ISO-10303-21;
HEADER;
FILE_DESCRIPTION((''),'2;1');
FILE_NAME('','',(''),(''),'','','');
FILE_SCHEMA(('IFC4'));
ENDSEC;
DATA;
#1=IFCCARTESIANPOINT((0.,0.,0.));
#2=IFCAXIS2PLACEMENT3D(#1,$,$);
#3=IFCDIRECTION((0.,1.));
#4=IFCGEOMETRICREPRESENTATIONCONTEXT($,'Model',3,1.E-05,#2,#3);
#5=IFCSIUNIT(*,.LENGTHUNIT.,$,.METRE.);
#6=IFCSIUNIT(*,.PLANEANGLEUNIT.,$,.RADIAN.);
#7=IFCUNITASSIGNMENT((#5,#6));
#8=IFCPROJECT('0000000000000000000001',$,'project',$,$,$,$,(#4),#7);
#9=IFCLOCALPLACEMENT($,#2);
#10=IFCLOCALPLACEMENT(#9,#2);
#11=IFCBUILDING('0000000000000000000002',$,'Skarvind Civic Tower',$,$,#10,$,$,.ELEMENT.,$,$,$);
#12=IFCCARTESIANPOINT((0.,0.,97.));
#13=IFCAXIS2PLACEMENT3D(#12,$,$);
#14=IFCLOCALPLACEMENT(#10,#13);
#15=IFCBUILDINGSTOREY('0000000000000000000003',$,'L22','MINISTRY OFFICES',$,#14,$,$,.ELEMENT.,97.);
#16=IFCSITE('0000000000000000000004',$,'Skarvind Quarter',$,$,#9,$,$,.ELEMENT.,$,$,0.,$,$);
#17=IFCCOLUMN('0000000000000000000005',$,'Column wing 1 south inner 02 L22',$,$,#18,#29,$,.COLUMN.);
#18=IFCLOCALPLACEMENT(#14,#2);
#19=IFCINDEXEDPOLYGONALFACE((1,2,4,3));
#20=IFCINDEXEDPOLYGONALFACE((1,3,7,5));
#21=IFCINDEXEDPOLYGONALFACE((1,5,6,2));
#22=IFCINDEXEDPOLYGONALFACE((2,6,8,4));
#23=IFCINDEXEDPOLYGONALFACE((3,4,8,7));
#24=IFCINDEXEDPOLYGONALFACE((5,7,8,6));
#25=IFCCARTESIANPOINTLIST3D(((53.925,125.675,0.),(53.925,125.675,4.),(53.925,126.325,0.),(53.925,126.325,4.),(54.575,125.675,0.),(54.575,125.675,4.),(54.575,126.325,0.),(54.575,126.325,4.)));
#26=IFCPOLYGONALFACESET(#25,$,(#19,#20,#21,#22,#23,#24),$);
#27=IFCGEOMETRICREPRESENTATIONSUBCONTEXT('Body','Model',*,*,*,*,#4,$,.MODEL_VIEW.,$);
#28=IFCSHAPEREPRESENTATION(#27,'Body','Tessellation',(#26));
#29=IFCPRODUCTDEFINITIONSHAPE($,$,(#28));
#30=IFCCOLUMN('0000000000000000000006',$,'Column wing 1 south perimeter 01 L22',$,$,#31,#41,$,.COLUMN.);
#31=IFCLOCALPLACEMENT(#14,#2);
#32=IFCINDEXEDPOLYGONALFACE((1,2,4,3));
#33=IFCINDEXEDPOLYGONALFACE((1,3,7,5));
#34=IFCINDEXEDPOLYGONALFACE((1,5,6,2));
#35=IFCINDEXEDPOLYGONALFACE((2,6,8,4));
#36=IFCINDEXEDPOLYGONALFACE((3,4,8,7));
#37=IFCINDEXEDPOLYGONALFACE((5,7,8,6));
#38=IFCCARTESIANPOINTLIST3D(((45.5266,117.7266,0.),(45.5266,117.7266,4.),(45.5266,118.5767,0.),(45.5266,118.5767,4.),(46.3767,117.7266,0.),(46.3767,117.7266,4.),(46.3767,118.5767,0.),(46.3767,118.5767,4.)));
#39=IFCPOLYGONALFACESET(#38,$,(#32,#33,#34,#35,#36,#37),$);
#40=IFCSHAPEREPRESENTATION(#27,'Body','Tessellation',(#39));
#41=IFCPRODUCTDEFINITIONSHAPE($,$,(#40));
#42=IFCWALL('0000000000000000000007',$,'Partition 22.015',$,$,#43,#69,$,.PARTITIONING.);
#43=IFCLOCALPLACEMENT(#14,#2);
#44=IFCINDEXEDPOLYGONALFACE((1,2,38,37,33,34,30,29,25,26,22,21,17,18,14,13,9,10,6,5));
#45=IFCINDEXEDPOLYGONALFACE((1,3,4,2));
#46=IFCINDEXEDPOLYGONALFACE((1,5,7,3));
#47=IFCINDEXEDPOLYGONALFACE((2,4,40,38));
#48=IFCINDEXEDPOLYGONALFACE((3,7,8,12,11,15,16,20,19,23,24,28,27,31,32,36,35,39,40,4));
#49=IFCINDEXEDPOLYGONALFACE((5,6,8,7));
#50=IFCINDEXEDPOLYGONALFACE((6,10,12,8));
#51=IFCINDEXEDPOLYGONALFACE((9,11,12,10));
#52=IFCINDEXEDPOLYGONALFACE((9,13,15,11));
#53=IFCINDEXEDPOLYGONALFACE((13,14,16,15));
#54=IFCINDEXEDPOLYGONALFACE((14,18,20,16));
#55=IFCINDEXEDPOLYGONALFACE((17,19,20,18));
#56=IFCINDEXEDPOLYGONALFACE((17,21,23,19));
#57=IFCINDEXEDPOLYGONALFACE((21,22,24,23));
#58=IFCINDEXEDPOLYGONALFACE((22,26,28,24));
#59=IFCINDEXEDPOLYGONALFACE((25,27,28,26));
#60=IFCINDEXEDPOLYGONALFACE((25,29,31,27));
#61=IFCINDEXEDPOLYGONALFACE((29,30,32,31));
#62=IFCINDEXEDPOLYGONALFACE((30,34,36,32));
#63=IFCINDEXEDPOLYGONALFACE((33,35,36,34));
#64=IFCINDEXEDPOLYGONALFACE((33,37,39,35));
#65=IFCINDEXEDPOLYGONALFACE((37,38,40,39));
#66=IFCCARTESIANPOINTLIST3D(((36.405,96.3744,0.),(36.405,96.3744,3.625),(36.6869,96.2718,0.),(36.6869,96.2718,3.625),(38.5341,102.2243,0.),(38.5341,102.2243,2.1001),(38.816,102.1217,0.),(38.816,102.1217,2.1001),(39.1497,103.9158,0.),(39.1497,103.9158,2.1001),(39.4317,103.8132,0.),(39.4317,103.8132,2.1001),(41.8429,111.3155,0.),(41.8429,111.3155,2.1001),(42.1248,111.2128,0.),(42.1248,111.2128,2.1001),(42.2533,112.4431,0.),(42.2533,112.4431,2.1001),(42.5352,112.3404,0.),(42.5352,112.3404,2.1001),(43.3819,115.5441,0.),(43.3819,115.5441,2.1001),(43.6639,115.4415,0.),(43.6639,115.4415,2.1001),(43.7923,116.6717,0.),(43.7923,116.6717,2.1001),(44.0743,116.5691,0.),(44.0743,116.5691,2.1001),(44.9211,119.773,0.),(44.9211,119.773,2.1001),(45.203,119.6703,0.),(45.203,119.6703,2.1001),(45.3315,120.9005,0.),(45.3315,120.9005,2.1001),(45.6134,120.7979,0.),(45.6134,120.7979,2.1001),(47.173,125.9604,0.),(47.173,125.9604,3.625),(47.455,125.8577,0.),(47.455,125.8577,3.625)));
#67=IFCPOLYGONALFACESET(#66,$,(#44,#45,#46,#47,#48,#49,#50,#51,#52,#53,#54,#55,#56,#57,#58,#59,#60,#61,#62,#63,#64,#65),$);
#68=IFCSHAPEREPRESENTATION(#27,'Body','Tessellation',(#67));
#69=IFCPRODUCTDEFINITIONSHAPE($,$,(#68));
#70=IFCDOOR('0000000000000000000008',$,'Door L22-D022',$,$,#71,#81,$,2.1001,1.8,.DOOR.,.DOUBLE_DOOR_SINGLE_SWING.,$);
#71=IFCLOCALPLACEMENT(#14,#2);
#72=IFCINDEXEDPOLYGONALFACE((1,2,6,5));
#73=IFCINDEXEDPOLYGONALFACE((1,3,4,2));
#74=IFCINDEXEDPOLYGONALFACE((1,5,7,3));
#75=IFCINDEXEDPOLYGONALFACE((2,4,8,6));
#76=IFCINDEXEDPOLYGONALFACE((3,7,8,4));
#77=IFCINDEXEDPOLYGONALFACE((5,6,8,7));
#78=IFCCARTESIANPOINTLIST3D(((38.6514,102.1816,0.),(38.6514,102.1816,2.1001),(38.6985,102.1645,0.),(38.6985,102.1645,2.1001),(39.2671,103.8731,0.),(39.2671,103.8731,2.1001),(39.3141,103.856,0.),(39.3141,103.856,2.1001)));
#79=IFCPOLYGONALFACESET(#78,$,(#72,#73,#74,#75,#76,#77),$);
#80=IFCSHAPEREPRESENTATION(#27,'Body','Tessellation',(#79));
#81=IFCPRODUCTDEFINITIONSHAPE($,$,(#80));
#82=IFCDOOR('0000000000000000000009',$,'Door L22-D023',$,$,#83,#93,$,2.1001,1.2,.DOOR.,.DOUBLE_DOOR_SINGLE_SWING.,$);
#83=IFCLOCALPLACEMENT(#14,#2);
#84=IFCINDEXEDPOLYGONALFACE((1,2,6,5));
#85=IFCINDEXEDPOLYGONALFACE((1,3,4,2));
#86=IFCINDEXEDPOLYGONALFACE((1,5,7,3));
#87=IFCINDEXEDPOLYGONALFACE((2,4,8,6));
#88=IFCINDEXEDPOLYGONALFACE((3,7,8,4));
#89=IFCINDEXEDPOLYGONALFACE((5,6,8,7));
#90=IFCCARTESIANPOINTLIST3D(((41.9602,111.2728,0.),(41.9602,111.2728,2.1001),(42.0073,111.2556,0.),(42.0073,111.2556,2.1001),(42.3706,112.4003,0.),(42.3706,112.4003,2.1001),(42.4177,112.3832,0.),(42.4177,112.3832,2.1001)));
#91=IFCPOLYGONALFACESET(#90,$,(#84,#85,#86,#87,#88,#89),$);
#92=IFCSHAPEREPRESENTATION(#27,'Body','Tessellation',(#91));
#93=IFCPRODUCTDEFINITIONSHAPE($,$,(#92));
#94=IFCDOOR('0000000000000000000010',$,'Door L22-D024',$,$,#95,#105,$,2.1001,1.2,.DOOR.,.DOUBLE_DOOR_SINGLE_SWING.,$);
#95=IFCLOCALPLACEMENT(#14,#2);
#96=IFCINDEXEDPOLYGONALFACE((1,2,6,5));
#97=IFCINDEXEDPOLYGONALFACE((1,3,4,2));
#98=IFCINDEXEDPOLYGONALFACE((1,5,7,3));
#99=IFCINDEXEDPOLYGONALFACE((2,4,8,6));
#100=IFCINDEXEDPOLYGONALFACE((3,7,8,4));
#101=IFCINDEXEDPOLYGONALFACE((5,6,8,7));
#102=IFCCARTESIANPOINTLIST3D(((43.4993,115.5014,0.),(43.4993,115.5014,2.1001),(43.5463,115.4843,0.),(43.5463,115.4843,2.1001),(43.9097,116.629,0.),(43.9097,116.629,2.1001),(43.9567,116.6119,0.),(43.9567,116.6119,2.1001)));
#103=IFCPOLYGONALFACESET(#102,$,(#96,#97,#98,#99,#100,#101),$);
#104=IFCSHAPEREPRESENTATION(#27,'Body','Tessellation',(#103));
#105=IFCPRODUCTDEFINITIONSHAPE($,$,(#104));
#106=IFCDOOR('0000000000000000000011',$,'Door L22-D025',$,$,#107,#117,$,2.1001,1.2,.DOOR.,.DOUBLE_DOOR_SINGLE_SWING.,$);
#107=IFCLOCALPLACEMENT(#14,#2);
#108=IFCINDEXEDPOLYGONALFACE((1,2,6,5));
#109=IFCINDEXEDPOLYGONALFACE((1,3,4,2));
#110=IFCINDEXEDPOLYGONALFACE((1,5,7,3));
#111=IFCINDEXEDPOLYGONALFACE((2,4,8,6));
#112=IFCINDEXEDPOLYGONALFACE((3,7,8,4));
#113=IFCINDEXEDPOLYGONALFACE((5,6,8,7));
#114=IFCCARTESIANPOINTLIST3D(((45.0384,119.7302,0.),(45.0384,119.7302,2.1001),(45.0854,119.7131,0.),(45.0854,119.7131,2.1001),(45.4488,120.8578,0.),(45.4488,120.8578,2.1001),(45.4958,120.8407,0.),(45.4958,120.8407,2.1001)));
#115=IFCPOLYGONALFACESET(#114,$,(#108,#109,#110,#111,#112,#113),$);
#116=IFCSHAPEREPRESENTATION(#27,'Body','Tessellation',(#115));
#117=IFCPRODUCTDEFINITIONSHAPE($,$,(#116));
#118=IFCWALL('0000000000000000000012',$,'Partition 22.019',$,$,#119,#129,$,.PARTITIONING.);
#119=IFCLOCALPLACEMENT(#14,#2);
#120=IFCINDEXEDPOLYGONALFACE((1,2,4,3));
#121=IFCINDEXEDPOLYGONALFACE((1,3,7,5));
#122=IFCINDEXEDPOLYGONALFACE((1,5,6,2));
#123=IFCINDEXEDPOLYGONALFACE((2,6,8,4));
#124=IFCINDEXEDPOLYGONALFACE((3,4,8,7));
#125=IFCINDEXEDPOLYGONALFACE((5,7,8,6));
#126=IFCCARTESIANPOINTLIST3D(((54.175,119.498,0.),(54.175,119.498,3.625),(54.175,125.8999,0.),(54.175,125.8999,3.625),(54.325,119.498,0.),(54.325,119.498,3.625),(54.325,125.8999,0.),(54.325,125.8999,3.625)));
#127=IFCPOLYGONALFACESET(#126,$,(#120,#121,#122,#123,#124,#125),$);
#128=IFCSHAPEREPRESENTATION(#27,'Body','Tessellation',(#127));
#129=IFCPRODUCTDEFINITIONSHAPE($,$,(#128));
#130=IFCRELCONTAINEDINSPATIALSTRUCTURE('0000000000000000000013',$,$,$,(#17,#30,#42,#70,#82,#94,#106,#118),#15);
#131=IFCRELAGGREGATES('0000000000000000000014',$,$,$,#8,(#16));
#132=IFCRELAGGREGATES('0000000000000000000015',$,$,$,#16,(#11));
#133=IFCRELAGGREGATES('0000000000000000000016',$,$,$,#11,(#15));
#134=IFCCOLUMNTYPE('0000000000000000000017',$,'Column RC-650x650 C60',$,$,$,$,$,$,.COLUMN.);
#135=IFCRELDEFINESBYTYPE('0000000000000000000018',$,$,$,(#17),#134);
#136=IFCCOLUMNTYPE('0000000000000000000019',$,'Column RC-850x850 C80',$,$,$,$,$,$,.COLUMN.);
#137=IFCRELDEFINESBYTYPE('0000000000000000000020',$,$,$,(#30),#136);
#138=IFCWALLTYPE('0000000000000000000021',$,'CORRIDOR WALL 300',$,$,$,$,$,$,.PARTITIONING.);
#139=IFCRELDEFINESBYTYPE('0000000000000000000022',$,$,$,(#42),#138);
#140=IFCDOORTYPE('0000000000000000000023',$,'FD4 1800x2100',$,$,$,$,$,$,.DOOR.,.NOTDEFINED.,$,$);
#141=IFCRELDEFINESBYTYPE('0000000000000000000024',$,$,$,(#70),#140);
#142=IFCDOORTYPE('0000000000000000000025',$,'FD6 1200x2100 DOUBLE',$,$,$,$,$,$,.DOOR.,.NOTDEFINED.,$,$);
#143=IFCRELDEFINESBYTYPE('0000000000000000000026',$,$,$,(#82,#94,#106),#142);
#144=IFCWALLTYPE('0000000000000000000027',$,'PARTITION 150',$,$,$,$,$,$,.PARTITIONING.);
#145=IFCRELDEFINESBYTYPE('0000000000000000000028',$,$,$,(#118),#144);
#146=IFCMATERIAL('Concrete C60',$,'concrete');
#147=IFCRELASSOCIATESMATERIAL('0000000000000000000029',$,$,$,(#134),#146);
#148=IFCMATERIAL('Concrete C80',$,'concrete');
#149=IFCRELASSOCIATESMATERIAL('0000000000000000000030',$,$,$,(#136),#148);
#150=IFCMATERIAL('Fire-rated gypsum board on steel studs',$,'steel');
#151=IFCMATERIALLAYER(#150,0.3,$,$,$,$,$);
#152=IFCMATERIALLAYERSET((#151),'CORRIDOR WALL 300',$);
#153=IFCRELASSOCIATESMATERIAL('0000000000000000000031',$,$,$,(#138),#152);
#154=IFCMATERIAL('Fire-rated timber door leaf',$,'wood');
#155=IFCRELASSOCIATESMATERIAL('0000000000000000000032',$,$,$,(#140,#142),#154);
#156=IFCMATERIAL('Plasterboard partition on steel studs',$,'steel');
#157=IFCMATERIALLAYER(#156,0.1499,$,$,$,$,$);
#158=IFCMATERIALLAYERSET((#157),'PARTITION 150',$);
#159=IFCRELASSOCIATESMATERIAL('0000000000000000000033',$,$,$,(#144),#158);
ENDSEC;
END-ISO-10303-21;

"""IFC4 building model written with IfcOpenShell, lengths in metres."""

from ifc_helpers import new_model, si_unit, direction, frame, frame_2d, origin, origin_2d, place, context, subcontext, project, spatial, rectangle, extrude, material, layer, layer_set, material_profile, profile_set, type_object, element, fill, save


model = new_model("IFC4")

# Units and contexts
model_context = context("Model", 3, precision=1e-05, world=origin(), true_north=direction((0.0, 1.0)))
body_context = subcontext(model_context, "Body", "Model", "MODEL_VIEW")
ifc_project = project(units=[si_unit("LENGTHUNIT", "METRE"), si_unit("PLANEANGLEUNIT", "RADIAN")], contexts=[model_context])

# Site, building, storey
site_placement = place(None, origin())
site = spatial("IfcSite", under=ifc_project, at=site_placement, Name="Skarvind Quarter", CompositionType="ELEMENT", RefElevation=0.0)
building_placement = place(site_placement, origin())
building = spatial("IfcBuilding", under=site, at=building_placement, Name="Skarvind Civic Tower", CompositionType="ELEMENT")
storey_placement = place(building_placement, frame((0.0, 0.0, 97.0)))
storey = spatial("IfcBuildingStorey", under=building, at=storey_placement, Name="L22", Description="MINISTRY OFFICES", CompositionType="ELEMENT", Elevation=97.0)

# Columns
ifc_material_1 = material(Name="Concrete C60", Category="concrete")
ifc_material_profile_1 = material_profile(ifc_material_1, rectangle(XDim=0.6499, YDim=0.6499, at=origin_2d()), Name="RC-650x650")
ifc_profile_set_1 = profile_set([ifc_material_profile_1], Name="Concrete C60")
column_type_1 = type_object("IfcColumnType", Name="Column RC-650x650 C60", PredefinedType="COLUMN", material=ifc_profile_set_1)
column_1_placement = place(storey_placement, frame((54.25, 126.0, 0.0), z_axis=(0.0, 0.0, 1.0), x_axis=(1.0, 0.0, 0.0)))
element("IfcColumn", 1, at=column_1_placement, inside=storey, type_object=column_type_1, Name="Column wing 1 south inner 02 L22", PredefinedType="COLUMN", context=body_context, shape_type="SweptSolid", body=[
    extrude(rectangle(XDim=0.6499, YDim=0.6499, at=origin_2d()), origin(), (0.0, 0.0, 1.0), 4.0),
])
ifc_material_2 = material(Name="Concrete C80", Category="concrete")
ifc_material_profile_2 = material_profile(ifc_material_2, rectangle(XDim=0.8501, YDim=0.8501, at=origin_2d()), Name="RC-850x850")
ifc_profile_set_2 = profile_set([ifc_material_profile_2], Name="Concrete C80")
column_type_2 = type_object("IfcColumnType", Name="Column RC-850x850 C80", PredefinedType="COLUMN", material=ifc_profile_set_2)
column_2_placement = place(storey_placement, frame((45.9517, 118.1516, 0.0), z_axis=(0.0, 0.0, 1.0), x_axis=(1.0, 0.0, 0.0)))
element("IfcColumn", 2, at=column_2_placement, inside=storey, type_object=column_type_2, Name="Column wing 1 south perimeter 01 L22", PredefinedType="COLUMN", context=body_context, shape_type="SweptSolid", body=[
    extrude(rectangle(XDim=0.8501, YDim=0.8501, at=origin_2d()), origin(), (0.0, 0.0, 1.0), 4.0),
])

# Wall, openings, doors
ifc_material_3 = material(Name="Fire-rated gypsum board on steel studs", Category="steel")
ifc_layer_1 = layer(ifc_material_3, 0.3)
ifc_layer_set_1 = layer_set([ifc_layer_1], Name="CORRIDOR WALL 300")
wall_type_1 = type_object("IfcWallType", Name="CORRIDOR WALL 300", PredefinedType="PARTITIONING", material=ifc_layer_set_1)
wall_1_placement = place(storey_placement, frame((47.314, 125.9089, 0.0), z_axis=(0.0, 0.0, 1.0), x_axis=(-0.342011, -0.939696, 0.0)))
wall_1 = element("IfcWall", 3, at=wall_1_placement, inside=storey, type_object=wall_type_1, Name="Partition 22.015", PredefinedType="PARTITIONING", context=body_context, shape_type="SweptSolid", body=[
    extrude(rectangle(XDim=31.4846, YDim=0.3, at=frame_2d((15.7422, 0.0))), origin(), (0.0, 0.0, 1.0), 3.625),
])
opening_1_placement = place(wall_1_placement, frame((23.4592, 0.0, 0.0)))
opening_1 = element("IfcOpeningElement", 4, at=opening_1_placement, cuts=wall_1, PredefinedType="OPENING", context=body_context, shape_type="SweptSolid", body=[
    extrude(rectangle(XDim=1.8, YDim=2.1001, at=frame_2d((0.8999, 1.05))), frame((0.0, 0.1599, 0.0), z_axis=(0.0, -1.0, 0.0), x_axis=(1.0, 0.0, 0.0)), (0.0, 0.0, 1.0), 0.3201),
])
opening_2_placement = place(wall_1_placement, frame((14.3845, 0.0, 0.0)))
opening_2 = element("IfcOpeningElement", 5, at=opening_2_placement, cuts=wall_1, PredefinedType="OPENING", context=body_context, shape_type="SweptSolid", body=[
    extrude(rectangle(XDim=1.2, YDim=2.1001, at=frame_2d((0.6001, 1.05))), frame((0.0, 0.1599, 0.0), z_axis=(0.0, -1.0, 0.0), x_axis=(1.0, 0.0, 0.0)), (0.0, 0.0, 1.0), 0.3201),
])
opening_3_placement = place(wall_1_placement, frame((9.8845, 0.0, 0.0)))
opening_3 = element("IfcOpeningElement", 6, at=opening_3_placement, cuts=wall_1, PredefinedType="OPENING", context=body_context, shape_type="SweptSolid", body=[
    extrude(rectangle(XDim=1.2, YDim=2.1001, at=frame_2d((0.6001, 1.05))), frame((0.0, 0.1599, 0.0), z_axis=(0.0, -1.0, 0.0), x_axis=(1.0, 0.0, 0.0)), (0.0, 0.0, 1.0), 0.3201),
])
opening_4_placement = place(wall_1_placement, frame((5.3843, 0.0, 0.0)))
opening_4 = element("IfcOpeningElement", 7, at=opening_4_placement, cuts=wall_1, PredefinedType="OPENING", context=body_context, shape_type="SweptSolid", body=[
    extrude(rectangle(XDim=1.2, YDim=2.1001, at=frame_2d((0.6001, 1.05))), frame((0.0, 0.1599, 0.0), z_axis=(0.0, -1.0, 0.0), x_axis=(1.0, 0.0, 0.0)), (0.0, 0.0, 1.0), 0.3201),
])
ifc_material_4 = material(Name="Fire-rated timber door leaf", Category="wood")
door_type_1 = type_object("IfcDoorType", Name="FD4 1800x2100", OperationType="NOTDEFINED", PredefinedType="DOOR", material=ifc_material_4)
door_1_placement = place(opening_1_placement, origin())
door_1 = element("IfcDoor", 8, at=door_1_placement, inside=storey, type_object=door_type_1, Name="Door L22-D022", OperationType="DOUBLE_DOOR_SINGLE_SWING", OverallHeight=2.1001, OverallWidth=1.8, PredefinedType="DOOR", context=body_context, shape_type="SweptSolid", body=[
    extrude(rectangle(XDim=1.8, YDim=2.1001, at=frame_2d((0.8999, 1.05))), frame((0.0, 0.0249, 0.0), z_axis=(0.0, -1.0, 0.0), x_axis=(1.0, 0.0, 0.0)), (0.0, 0.0, 1.0), 0.05),
])
fill(opening_1, door_1)
door_type_2 = type_object("IfcDoorType", Name="FD6 1200x2100 DOUBLE", OperationType="NOTDEFINED", PredefinedType="DOOR", material=ifc_material_4)
door_2_placement = place(opening_2_placement, origin())
door_2 = element("IfcDoor", 9, at=door_2_placement, inside=storey, type_object=door_type_2, Name="Door L22-D023", OperationType="DOUBLE_DOOR_SINGLE_SWING", OverallHeight=2.1001, OverallWidth=1.2, PredefinedType="DOOR", context=body_context, shape_type="SweptSolid", body=[
    extrude(rectangle(XDim=1.2, YDim=2.1001, at=frame_2d((0.6001, 1.05))), frame((0.0, 0.0249, 0.0), z_axis=(0.0, -1.0, 0.0), x_axis=(1.0, 0.0, 0.0)), (0.0, 0.0, 1.0), 0.05),
])
fill(opening_2, door_2)
door_3_placement = place(opening_3_placement, origin())
door_3 = element("IfcDoor", 10, at=door_3_placement, inside=storey, type_object=door_type_2, Name="Door L22-D024", OperationType="DOUBLE_DOOR_SINGLE_SWING", OverallHeight=2.1001, OverallWidth=1.2, PredefinedType="DOOR", context=body_context, shape_type="SweptSolid", body=[
    extrude(rectangle(XDim=1.2, YDim=2.1001, at=frame_2d((0.6001, 1.05))), frame((0.0, 0.0249, 0.0), z_axis=(0.0, -1.0, 0.0), x_axis=(1.0, 0.0, 0.0)), (0.0, 0.0, 1.0), 0.05),
])
fill(opening_3, door_3)
door_4_placement = place(opening_4_placement, origin())
door_4 = element("IfcDoor", 11, at=door_4_placement, inside=storey, type_object=door_type_2, Name="Door L22-D025", OperationType="DOUBLE_DOOR_SINGLE_SWING", OverallHeight=2.1001, OverallWidth=1.2, PredefinedType="DOOR", context=body_context, shape_type="SweptSolid", body=[
    extrude(rectangle(XDim=1.2, YDim=2.1001, at=frame_2d((0.6001, 1.05))), frame((0.0, 0.0249, 0.0), z_axis=(0.0, -1.0, 0.0), x_axis=(1.0, 0.0, 0.0)), (0.0, 0.0, 1.0), 0.05),
])
fill(opening_4, door_4)

# Wall
ifc_material_5 = material(Name="Plasterboard partition on steel studs", Category="steel")
ifc_layer_2 = layer(ifc_material_5, 0.1499)
ifc_layer_set_2 = layer_set([ifc_layer_2], Name="PARTITION 150")
wall_type_2 = type_object("IfcWallType", Name="PARTITION 150", PredefinedType="PARTITIONING", material=ifc_layer_set_2)
wall_2_placement = place(storey_placement, frame((54.25, 119.498, 0.0), z_axis=(0.0, 0.0, 1.0), x_axis=(0.0, 1.0, 0.0)))
element("IfcWall", 12, at=wall_2_placement, inside=storey, type_object=wall_type_2, Name="Partition 22.019", PredefinedType="PARTITIONING", context=body_context, shape_type="SweptSolid", body=[
    extrude(rectangle(XDim=6.4019, YDim=0.1499, at=frame_2d((3.2009, 0.0))), origin(), (0.0, 0.0, 1.0), 3.625),
])

save(model, "model.ifc")
